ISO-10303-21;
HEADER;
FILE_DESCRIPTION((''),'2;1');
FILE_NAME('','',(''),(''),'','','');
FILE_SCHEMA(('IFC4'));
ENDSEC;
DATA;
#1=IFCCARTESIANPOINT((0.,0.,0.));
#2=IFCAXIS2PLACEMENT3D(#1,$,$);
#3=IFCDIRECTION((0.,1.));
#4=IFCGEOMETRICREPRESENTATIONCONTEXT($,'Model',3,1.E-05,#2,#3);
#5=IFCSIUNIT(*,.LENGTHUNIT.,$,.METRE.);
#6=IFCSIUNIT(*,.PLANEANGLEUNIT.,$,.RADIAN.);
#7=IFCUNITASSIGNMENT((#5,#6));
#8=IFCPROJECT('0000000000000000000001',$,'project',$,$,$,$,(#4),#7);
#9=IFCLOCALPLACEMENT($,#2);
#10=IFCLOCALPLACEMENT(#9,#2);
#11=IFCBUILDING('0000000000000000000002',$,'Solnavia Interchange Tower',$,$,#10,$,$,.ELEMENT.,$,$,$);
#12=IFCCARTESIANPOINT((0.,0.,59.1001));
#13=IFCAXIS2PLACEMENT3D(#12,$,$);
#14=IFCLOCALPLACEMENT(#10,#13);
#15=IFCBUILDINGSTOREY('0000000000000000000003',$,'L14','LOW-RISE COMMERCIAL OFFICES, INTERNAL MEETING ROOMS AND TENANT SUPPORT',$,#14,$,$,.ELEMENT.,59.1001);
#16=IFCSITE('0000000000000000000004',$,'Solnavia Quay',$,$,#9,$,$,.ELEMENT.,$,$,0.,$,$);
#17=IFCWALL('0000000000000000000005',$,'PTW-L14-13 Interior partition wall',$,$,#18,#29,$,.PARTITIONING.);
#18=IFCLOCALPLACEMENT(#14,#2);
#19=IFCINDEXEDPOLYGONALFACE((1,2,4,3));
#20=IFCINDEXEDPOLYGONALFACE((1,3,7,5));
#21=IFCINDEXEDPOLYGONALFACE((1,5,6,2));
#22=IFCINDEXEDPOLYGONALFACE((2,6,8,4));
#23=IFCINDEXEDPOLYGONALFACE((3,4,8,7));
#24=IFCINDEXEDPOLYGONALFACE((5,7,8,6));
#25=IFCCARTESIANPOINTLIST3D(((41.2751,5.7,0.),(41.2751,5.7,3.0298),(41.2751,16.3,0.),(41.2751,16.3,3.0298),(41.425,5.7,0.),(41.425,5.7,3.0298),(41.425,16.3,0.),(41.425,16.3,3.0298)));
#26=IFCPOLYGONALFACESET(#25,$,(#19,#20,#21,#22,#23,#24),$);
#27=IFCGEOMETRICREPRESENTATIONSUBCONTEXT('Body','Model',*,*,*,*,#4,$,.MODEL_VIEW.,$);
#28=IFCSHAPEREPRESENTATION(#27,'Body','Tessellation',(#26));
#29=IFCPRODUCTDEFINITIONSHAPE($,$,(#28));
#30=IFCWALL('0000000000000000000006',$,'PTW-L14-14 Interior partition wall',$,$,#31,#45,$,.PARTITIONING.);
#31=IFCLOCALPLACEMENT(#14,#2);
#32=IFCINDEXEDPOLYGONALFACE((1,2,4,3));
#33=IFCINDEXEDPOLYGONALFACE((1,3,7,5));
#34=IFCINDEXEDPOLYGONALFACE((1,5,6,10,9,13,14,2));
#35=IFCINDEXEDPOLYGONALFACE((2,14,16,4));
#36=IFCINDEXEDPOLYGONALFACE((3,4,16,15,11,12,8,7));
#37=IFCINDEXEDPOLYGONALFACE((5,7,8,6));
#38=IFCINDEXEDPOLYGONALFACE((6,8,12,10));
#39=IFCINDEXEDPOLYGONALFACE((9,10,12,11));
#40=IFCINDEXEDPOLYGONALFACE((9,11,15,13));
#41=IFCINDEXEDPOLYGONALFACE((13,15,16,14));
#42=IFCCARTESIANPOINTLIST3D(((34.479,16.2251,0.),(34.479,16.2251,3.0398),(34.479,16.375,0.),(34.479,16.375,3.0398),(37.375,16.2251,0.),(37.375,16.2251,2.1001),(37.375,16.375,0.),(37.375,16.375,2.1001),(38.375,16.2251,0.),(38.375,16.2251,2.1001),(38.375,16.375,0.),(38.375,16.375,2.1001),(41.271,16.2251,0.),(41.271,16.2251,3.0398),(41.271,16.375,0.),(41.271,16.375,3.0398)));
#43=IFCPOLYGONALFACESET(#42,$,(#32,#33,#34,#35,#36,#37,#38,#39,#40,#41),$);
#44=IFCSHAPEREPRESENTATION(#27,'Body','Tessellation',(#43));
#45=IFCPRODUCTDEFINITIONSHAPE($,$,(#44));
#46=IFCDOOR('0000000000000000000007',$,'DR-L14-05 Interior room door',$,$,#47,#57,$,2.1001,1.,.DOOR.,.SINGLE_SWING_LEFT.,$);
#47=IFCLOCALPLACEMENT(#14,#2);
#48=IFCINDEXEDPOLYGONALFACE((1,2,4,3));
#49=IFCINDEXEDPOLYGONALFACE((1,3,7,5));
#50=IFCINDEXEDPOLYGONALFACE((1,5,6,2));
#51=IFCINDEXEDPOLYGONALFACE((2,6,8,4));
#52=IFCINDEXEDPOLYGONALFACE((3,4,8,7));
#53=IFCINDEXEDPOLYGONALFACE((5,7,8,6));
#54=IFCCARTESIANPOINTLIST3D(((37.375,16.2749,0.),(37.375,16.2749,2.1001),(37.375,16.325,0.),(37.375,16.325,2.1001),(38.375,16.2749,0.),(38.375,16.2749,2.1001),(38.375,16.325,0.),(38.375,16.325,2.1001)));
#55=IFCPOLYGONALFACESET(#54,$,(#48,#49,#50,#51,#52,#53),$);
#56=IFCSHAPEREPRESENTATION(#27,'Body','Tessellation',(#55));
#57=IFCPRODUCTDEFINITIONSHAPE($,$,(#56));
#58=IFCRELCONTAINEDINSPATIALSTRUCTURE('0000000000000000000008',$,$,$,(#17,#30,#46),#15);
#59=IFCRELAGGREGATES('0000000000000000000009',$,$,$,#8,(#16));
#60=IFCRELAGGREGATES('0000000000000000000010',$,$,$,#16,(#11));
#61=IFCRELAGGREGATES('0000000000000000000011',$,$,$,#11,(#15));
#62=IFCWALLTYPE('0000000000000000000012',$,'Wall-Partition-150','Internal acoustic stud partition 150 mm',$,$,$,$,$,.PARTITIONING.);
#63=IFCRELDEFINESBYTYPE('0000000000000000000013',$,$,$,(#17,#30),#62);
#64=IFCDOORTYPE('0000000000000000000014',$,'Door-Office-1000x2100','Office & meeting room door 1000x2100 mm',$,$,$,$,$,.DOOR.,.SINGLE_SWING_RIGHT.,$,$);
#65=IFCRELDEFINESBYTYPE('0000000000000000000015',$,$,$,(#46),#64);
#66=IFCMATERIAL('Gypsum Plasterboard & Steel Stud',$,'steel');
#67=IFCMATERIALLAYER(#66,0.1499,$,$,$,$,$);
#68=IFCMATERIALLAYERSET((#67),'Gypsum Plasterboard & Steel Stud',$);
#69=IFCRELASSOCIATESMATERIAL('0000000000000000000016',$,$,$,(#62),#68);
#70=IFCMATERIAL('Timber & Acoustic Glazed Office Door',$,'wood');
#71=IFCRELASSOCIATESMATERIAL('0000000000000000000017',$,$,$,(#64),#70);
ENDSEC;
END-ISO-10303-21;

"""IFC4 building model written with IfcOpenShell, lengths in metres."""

from ifc_helpers import new_model, si_unit, direction, frame, frame_2d, origin, place, context, subcontext, project, spatial, rectangle, extrude, material, layer, layer_set, type_object, element, fill, save


model = new_model("IFC4")

# Units and contexts
model_context = context("Model", 3, precision=1e-05, world=origin(), true_north=direction((0.0, 1.0)))
body_context = subcontext(model_context, "Body", "Model", "MODEL_VIEW")
ifc_project = project(units=[si_unit("LENGTHUNIT", "METRE"), si_unit("PLANEANGLEUNIT", "RADIAN")], contexts=[model_context])

# Site, building, storey
site_placement = place(None, origin())
site = spatial("IfcSite", under=ifc_project, at=site_placement, Name="Solnavia Quay", CompositionType="ELEMENT", RefElevation=0.0)
building_placement = place(site_placement, origin())
building = spatial("IfcBuilding", under=site, at=building_placement, Name="Solnavia Interchange Tower", CompositionType="ELEMENT")
storey_placement = place(building_placement, frame((0.0, 0.0, 59.1001)))
storey = spatial("IfcBuildingStorey", under=building, at=storey_placement, Name="L14", Description="LOW-RISE COMMERCIAL OFFICES, INTERNAL MEETING ROOMS AND TENANT SUPPORT", CompositionType="ELEMENT", Elevation=59.1001)

# Wall
ifc_material_1 = material(Name="Gypsum Plasterboard & Steel Stud", Category="steel")
ifc_layer_1 = layer(ifc_material_1, 0.1499)
ifc_layer_set_1 = layer_set([ifc_layer_1], Name="Gypsum Plasterboard & Steel Stud")
wall_type_1 = type_object("IfcWallType", Name="Wall-Partition-150", Description="Internal acoustic stud partition 150 mm", PredefinedType="PARTITIONING", material=ifc_layer_set_1)
wall_1_placement = place(storey_placement, frame((41.3501, 5.7, 0.0), z_axis=(0.0, 0.0, 1.0), x_axis=(0.0, 1.0, 0.0)))
element("IfcWall", 1, at=wall_1_placement, inside=storey, type_object=wall_type_1, Name="PTW-L14-13 Interior partition wall", PredefinedType="PARTITIONING", context=body_context, shape_type="SweptSolid", body=[
    extrude(rectangle(XDim=10.6001, YDim=0.1499, at=frame_2d((5.3, 0.0))), origin(), (0.0, 0.0, 1.0), 3.0298),
])

# Wall, opening, door
wall_2_placement = place(storey_placement, frame((34.479, 16.3, 0.0), z_axis=(0.0, 0.0, 1.0), x_axis=(1.0, 0.0, 0.0)))
wall_2 = element("IfcWall", 2, at=wall_2_placement, inside=storey, type_object=wall_type_1, Name="PTW-L14-14 Interior partition wall", PredefinedType="PARTITIONING", context=body_context, shape_type="SweptSolid", body=[
    extrude(rectangle(XDim=6.792, YDim=0.1499, at=frame_2d((3.396, 0.0))), origin(), (0.0, 0.0, 1.0), 3.0398),
])
opening_1_placement = place(wall_2_placement, frame((2.896, 0.0, 0.0)))
opening_1 = element("IfcOpeningElement", 3, at=opening_1_placement, cuts=wall_2, PredefinedType="OPENING", context=body_context, shape_type="SweptSolid", body=[
    extrude(rectangle(XDim=1.0, YDim=2.1001, at=frame_2d((0.5, 1.05))), frame((0.0, 0.085, 0.0), z_axis=(0.0, -1.0, 0.0), x_axis=(1.0, 0.0, 0.0)), (0.0, 0.0, 1.0), 0.1699),
])
ifc_material_2 = material(Name="Timber & Acoustic Glazed Office Door", Category="wood")
door_type = type_object("IfcDoorType", Name="Door-Office-1000x2100", Description="Office & meeting room door 1000x2100 mm", OperationType="SINGLE_SWING_RIGHT", PredefinedType="DOOR", material=ifc_material_2)
door_placement = place(opening_1_placement, origin())
door = element("IfcDoor", 4, at=door_placement, inside=storey, type_object=door_type, Name="DR-L14-05 Interior room door", OperationType="SINGLE_SWING_LEFT", OverallHeight=2.1001, OverallWidth=1.0, PredefinedType="DOOR", context=body_context, shape_type="SweptSolid", body=[
    extrude(rectangle(XDim=1.0, YDim=2.1001, at=frame_2d((0.5, 1.05))), frame((0.0, 0.0249, 0.0), z_axis=(0.0, -1.0, 0.0), x_axis=(1.0, 0.0, 0.0)), (0.0, 0.0, 1.0), 0.05),
])
fill(opening_1, door)

save(model, "model.ifc")
